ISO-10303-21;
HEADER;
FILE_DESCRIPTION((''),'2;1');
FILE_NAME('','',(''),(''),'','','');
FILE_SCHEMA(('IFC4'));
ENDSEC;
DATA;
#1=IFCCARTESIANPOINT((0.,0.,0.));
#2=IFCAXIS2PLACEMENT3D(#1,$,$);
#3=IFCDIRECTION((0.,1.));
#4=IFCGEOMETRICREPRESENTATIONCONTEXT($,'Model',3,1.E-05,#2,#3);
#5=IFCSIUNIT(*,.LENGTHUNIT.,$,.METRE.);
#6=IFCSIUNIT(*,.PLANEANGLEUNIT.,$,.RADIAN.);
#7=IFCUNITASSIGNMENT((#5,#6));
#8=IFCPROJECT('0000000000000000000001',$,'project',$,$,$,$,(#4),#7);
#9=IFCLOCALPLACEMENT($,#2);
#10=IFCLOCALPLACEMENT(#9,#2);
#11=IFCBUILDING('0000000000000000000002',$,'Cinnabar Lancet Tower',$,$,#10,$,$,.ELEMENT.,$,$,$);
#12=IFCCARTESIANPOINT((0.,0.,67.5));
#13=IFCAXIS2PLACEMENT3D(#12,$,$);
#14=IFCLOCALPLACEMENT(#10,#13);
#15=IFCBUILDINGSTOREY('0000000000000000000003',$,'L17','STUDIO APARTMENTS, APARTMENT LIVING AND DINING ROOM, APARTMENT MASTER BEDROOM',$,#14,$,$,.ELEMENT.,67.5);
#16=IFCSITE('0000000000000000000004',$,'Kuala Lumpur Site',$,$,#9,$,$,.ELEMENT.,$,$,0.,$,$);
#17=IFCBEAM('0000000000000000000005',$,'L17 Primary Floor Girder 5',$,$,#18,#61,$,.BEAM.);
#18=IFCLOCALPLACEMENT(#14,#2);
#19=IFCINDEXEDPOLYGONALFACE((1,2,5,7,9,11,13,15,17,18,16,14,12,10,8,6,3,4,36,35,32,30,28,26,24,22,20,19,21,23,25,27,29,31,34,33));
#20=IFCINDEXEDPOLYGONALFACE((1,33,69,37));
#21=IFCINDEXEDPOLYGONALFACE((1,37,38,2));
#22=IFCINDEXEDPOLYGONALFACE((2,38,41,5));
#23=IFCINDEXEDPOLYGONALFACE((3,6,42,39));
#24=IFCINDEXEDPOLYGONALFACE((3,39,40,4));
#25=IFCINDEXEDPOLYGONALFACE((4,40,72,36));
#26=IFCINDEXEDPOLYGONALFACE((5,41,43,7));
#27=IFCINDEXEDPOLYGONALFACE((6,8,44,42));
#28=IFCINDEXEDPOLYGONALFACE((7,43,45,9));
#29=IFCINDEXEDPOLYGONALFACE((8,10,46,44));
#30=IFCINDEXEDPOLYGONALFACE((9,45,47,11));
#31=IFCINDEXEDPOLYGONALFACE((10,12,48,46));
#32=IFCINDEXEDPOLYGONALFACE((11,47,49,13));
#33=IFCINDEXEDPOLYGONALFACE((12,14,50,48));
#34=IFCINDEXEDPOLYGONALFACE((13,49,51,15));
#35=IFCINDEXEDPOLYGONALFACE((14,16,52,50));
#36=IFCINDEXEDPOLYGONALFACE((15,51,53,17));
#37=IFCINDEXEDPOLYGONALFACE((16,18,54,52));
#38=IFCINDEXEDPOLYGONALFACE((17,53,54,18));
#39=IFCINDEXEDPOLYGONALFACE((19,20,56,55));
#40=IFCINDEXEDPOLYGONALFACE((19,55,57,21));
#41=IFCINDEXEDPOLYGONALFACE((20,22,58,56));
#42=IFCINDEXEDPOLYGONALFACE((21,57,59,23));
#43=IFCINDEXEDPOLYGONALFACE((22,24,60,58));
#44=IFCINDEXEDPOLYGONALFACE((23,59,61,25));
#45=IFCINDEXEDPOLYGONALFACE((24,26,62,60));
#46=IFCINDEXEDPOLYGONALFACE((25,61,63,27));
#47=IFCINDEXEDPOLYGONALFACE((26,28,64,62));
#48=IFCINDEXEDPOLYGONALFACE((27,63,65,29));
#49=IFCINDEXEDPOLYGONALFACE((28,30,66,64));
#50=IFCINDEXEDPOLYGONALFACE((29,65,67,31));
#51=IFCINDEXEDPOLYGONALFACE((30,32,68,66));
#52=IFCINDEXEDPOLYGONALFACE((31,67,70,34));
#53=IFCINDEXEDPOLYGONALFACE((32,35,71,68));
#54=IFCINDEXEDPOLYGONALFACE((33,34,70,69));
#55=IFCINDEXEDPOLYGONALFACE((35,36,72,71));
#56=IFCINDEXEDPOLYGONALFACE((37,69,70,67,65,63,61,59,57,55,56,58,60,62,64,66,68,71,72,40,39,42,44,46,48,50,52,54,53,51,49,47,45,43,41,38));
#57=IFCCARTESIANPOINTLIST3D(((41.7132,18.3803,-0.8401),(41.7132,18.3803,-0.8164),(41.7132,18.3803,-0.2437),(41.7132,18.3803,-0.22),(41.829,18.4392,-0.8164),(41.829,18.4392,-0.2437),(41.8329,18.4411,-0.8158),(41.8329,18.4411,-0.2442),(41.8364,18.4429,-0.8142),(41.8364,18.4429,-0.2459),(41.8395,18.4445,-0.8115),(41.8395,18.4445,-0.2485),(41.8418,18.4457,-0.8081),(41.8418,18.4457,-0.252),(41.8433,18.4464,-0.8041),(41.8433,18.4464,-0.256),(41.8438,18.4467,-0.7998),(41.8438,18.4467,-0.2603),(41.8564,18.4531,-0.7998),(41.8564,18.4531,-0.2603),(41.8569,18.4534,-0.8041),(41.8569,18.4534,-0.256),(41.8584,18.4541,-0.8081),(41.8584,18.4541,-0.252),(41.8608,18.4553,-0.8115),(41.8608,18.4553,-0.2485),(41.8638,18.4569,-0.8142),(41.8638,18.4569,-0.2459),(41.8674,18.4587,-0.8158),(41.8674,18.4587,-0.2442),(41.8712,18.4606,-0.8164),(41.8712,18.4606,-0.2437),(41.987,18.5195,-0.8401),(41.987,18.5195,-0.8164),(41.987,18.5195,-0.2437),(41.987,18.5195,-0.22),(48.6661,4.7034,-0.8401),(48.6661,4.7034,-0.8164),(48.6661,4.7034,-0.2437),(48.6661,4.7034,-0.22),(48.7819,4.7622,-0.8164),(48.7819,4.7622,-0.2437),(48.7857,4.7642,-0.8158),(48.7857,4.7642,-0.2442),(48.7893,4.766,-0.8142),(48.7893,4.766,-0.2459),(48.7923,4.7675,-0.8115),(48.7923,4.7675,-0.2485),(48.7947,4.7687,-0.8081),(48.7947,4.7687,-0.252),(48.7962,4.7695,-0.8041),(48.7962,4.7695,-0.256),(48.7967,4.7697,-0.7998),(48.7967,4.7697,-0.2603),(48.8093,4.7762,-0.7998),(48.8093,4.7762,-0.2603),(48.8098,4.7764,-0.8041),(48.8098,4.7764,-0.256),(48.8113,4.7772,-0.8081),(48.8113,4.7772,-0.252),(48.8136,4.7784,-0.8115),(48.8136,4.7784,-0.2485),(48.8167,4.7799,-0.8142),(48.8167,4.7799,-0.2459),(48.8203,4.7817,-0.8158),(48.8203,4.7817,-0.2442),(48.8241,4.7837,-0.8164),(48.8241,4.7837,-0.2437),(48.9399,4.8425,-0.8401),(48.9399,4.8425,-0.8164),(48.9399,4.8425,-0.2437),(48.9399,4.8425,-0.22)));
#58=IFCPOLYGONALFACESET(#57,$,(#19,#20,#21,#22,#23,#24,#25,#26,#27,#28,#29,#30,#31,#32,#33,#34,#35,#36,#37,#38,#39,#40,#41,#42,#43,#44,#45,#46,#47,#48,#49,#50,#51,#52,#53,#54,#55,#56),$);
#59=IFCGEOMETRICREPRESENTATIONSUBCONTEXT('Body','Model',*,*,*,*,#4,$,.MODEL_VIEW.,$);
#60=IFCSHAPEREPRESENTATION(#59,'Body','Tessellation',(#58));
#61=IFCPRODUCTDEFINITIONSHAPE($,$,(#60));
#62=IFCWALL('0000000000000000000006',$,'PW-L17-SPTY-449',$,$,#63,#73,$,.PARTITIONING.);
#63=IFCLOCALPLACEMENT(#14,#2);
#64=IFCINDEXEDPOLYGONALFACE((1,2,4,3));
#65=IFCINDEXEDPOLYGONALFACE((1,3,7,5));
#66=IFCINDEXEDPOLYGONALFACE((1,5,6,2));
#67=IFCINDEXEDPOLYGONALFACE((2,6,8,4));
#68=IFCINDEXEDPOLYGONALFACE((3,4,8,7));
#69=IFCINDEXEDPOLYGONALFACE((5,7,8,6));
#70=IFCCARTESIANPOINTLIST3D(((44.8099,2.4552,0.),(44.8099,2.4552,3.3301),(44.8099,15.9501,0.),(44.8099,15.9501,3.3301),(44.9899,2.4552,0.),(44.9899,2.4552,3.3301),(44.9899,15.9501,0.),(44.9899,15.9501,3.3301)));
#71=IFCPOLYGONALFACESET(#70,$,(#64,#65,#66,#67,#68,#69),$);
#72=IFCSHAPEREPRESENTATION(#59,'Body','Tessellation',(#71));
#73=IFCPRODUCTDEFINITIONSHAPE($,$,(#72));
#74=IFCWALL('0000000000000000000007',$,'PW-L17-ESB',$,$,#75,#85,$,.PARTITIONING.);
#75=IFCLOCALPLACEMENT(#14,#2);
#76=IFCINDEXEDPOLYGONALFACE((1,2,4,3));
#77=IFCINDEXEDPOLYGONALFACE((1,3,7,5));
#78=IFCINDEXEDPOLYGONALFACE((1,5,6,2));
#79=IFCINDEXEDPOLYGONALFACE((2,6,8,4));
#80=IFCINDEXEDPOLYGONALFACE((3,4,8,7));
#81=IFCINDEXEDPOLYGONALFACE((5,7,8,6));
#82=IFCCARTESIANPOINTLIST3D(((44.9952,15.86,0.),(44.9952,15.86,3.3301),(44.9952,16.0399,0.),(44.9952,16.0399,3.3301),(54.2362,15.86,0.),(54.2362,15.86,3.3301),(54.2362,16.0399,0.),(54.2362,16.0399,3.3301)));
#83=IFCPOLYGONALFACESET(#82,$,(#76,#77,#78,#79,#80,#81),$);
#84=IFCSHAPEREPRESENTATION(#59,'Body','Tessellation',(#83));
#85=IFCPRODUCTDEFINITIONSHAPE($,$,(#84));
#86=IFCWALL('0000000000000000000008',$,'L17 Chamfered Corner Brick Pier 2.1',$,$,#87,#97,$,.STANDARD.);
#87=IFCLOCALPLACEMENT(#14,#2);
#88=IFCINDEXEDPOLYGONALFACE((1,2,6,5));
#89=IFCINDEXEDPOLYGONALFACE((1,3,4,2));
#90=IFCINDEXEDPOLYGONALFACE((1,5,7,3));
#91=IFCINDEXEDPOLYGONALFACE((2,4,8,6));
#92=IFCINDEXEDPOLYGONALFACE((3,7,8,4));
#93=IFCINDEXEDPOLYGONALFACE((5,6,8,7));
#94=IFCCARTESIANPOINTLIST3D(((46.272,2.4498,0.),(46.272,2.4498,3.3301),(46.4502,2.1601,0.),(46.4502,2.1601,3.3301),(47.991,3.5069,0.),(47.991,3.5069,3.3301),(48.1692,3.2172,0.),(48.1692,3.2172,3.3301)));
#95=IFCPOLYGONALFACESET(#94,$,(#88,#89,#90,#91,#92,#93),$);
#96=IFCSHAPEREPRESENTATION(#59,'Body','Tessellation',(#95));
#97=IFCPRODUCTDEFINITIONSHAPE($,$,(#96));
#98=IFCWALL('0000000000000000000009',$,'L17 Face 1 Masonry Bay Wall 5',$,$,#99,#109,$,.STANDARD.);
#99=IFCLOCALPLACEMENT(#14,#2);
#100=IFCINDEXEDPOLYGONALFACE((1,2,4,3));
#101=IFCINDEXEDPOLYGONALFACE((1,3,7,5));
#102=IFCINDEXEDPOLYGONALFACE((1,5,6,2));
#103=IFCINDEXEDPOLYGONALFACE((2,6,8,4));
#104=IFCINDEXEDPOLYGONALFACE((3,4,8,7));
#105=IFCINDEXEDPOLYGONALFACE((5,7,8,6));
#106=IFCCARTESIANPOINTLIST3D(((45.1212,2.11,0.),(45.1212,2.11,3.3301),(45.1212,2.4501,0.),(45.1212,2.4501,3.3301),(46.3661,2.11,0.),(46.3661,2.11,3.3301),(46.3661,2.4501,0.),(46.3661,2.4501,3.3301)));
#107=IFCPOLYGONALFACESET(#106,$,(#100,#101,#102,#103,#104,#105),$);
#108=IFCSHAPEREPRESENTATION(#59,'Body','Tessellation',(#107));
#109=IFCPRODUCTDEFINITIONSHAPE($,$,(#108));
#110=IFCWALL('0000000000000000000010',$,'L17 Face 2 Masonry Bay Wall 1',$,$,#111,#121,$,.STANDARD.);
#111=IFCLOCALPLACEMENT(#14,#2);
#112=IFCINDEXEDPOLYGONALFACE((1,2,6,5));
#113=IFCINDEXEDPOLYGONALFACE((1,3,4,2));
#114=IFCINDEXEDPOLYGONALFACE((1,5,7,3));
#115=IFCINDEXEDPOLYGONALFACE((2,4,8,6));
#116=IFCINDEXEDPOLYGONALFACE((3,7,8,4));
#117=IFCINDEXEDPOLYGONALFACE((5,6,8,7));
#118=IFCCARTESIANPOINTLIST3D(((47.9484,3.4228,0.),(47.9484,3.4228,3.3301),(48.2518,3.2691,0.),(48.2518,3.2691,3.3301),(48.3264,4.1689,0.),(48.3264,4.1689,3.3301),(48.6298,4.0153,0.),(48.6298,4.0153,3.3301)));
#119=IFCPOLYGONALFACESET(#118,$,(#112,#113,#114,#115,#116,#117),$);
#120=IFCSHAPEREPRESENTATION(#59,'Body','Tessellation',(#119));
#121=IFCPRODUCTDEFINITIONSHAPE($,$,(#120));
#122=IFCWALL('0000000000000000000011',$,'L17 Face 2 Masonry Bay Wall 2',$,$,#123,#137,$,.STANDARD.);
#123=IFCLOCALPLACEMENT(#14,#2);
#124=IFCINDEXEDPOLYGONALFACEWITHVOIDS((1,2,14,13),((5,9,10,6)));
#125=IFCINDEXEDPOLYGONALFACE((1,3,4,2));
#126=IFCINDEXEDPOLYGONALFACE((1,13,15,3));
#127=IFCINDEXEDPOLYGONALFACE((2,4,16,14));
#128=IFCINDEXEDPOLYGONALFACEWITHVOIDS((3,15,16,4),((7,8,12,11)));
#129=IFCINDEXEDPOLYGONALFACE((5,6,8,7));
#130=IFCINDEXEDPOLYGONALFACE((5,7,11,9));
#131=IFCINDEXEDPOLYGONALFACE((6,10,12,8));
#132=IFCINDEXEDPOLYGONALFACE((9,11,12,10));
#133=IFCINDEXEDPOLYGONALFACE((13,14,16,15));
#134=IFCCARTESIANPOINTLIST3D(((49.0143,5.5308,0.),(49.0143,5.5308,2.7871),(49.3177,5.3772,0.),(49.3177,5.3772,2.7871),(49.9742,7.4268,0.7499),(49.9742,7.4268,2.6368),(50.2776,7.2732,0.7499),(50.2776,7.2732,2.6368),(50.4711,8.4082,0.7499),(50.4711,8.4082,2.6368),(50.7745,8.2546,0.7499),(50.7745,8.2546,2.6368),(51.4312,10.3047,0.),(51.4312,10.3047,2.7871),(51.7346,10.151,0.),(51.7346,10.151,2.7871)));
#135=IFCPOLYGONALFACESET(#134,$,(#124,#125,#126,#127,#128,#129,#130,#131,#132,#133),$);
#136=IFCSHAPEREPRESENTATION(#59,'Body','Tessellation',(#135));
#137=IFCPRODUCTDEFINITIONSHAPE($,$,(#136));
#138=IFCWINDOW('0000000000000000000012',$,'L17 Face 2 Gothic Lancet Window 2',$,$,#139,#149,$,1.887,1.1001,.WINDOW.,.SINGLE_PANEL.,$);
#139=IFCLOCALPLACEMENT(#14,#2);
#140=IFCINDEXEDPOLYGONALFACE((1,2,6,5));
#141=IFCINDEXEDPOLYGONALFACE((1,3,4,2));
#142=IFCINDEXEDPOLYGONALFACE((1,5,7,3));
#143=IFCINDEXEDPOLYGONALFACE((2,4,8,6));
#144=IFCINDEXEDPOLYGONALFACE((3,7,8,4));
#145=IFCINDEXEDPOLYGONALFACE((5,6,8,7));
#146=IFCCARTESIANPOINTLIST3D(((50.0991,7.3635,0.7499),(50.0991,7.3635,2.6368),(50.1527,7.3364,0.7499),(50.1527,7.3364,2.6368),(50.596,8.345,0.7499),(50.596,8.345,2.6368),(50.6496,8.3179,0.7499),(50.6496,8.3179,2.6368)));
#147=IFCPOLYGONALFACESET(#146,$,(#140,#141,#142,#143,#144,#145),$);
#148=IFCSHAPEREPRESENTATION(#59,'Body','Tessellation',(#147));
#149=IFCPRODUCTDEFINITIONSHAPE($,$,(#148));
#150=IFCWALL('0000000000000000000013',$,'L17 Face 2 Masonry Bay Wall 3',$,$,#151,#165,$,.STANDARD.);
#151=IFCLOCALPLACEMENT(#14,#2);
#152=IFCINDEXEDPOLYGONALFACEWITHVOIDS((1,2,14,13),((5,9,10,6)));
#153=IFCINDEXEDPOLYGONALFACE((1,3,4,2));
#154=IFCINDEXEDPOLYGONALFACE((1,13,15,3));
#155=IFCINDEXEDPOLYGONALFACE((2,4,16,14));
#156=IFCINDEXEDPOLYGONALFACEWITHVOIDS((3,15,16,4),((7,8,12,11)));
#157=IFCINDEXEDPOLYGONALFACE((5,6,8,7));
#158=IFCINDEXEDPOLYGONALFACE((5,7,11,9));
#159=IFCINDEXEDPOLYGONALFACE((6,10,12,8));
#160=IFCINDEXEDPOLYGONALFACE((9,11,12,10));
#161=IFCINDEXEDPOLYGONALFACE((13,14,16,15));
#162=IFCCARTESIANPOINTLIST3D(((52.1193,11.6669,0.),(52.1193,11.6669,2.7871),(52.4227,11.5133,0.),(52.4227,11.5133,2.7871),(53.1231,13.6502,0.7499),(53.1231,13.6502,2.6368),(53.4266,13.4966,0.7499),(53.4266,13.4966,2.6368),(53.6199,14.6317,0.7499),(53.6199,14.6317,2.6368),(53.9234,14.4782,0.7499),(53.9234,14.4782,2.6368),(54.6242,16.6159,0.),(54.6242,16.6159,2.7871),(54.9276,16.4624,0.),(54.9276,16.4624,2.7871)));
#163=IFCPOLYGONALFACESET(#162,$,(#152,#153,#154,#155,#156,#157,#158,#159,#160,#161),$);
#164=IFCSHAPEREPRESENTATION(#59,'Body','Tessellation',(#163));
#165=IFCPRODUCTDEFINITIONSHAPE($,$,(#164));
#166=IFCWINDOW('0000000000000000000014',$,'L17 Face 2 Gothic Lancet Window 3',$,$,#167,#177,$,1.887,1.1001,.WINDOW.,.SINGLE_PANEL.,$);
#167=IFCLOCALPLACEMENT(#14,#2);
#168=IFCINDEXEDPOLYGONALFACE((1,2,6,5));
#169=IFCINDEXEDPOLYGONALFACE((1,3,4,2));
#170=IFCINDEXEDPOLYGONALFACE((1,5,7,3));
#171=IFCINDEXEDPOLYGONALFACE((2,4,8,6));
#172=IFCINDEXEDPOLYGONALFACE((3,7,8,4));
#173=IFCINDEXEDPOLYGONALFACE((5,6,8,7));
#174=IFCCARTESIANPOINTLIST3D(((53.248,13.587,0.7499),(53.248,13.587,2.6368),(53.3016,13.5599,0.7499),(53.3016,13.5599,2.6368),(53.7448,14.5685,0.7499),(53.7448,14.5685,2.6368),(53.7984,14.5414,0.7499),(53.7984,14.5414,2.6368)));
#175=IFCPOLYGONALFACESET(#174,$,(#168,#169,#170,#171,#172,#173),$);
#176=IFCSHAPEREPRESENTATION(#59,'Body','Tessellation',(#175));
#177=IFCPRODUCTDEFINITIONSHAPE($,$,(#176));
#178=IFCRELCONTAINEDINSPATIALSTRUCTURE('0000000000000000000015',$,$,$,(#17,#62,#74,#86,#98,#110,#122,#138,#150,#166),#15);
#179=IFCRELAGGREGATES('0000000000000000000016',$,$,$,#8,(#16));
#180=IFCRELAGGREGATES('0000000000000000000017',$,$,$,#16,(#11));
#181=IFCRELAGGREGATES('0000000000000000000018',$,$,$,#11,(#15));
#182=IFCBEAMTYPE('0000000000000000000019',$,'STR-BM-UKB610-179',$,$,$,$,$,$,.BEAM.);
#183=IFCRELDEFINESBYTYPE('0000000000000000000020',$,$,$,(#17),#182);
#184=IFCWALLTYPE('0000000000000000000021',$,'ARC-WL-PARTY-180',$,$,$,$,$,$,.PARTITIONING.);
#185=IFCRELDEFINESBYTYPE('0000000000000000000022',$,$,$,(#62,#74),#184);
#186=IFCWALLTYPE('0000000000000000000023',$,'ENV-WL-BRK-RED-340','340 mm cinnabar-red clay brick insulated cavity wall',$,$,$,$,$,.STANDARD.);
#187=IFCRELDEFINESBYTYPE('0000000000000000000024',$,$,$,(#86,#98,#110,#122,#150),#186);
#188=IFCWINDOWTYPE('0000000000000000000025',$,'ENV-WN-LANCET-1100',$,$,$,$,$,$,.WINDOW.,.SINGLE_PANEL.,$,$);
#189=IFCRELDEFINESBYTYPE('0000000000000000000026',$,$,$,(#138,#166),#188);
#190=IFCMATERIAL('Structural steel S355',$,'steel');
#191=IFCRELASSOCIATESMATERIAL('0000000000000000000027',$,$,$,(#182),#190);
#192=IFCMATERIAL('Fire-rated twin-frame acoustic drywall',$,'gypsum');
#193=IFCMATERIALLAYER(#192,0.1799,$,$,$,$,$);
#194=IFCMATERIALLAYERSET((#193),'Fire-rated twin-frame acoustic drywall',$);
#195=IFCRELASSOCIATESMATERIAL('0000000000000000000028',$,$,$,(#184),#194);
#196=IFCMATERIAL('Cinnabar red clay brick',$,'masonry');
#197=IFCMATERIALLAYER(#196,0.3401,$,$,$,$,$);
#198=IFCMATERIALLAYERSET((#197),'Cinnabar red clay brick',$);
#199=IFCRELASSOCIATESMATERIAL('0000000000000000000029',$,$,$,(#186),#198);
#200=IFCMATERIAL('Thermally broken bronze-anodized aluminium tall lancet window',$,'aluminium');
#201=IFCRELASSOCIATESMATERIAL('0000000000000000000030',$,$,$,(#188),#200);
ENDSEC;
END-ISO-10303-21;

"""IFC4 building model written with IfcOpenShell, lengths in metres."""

from ifc_helpers import new_model, si_unit, direction, frame, frame_2d, origin, origin_2d, place, context, subcontext, project, spatial, rectangle, i_section, extrude, material, layer, layer_set, material_profile, profile_set, type_object, element, fill, save


model = new_model("IFC4")

# Units and contexts
model_context = context("Model", 3, precision=1e-05, world=origin(), true_north=direction((0.0, 1.0)))
body_context = subcontext(model_context, "Body", "Model", "MODEL_VIEW")
ifc_project = project(units=[si_unit("LENGTHUNIT", "METRE"), si_unit("PLANEANGLEUNIT", "RADIAN")], contexts=[model_context])

# Site, building, storey
site_placement = place(None, origin())
site = spatial("IfcSite", under=ifc_project, at=site_placement, Name="Kuala Lumpur Site", CompositionType="ELEMENT", RefElevation=0.0)
building_placement = place(site_placement, origin())
building = spatial("IfcBuilding", under=site, at=building_placement, Name="Cinnabar Lancet Tower", CompositionType="ELEMENT")
storey_placement = place(building_placement, frame((0.0, 0.0, 67.5)))
storey = spatial("IfcBuildingStorey", under=building, at=storey_placement, Name="L17", Description="STUDIO APARTMENTS, APARTMENT LIVING AND DINING ROOM, APARTMENT MASTER BEDROOM", CompositionType="ELEMENT", Elevation=67.5)

# Beam
ifc_material_1 = material(Name="Structural steel S355", Category="steel")
ifc_material_profile_1 = material_profile(ifc_material_1, i_section(OverallWidth=0.3071, OverallDepth=0.6201, WebThickness=0.0142, FlangeThickness=0.0237, FilletRadius=0.0166, at=origin_2d()), Name="UKB 610x305x179")
ifc_profile_set_1 = profile_set([ifc_material_profile_1], Name="Structural steel S355")
beam_type_1 = type_object("IfcBeamType", Name="STR-BM-UKB610-179", PredefinedType="BEAM", material=ifc_profile_set_1)
beam_1_placement = place(storey_placement, frame((48.803, 4.7729, -0.53), z_axis=(-0.453168, 0.891425, 0.0), x_axis=(-0.891425, -0.453168, 0.0)))
element("IfcBeam", 1, at=beam_1_placement, inside=storey, type_object=beam_type_1, Name="L17 Primary Floor Girder 5", PredefinedType="BEAM", context=body_context, shape_type="SweptSolid", body=[
    extrude(i_section(OverallWidth=0.3071, OverallDepth=0.6201, WebThickness=0.0142, FlangeThickness=0.0237, FilletRadius=0.0166, at=origin_2d()), origin(), (0.0, 0.0, 1.0), 15.3428),
])

# Walls
ifc_material_2 = material(Name="Fire-rated twin-frame acoustic drywall", Category="gypsum")
ifc_layer_1 = layer(ifc_material_2, 0.1799)
ifc_layer_set_1 = layer_set([ifc_layer_1], Name="Fire-rated twin-frame acoustic drywall")
wall_type_1 = type_object("IfcWallType", Name="ARC-WL-PARTY-180", PredefinedType="PARTITIONING", material=ifc_layer_set_1)
wall_1_placement = place(storey_placement, frame((44.8999, 2.4551, 0.0), z_axis=(0.0, 0.0, 1.0), x_axis=(0.0, 1.0, 0.0)))
element("IfcWall", 2, at=wall_1_placement, inside=storey, type_object=wall_type_1, Name="PW-L17-SPTY-449", PredefinedType="PARTITIONING", context=body_context, shape_type="SweptSolid", body=[
    extrude(rectangle(XDim=13.4949, YDim=0.1799, at=frame_2d((6.7476, 0.0))), origin(), (0.0, 0.0, 1.0), 3.3301),
])
wall_2_placement = place(storey_placement, frame((44.9951, 15.95, 0.0), z_axis=(0.0, 0.0, 1.0), x_axis=(1.0, 0.0, 0.0)))
element("IfcWall", 3, at=wall_2_placement, inside=storey, type_object=wall_type_1, Name="PW-L17-ESB", PredefinedType="PARTITIONING", context=body_context, shape_type="SweptSolid", body=[
    extrude(rectangle(XDim=9.241, YDim=0.1799, at=frame_2d((4.6206, 0.0))), origin(), (0.0, 0.0, 1.0), 3.3301),
])
ifc_material_3 = material(Name="Cinnabar red clay brick", Category="masonry")
ifc_layer_2 = layer(ifc_material_3, 0.3401)
ifc_layer_set_2 = layer_set([ifc_layer_2], Name="Cinnabar red clay brick")
wall_type_2 = type_object("IfcWallType", Name="ENV-WL-BRK-RED-340", Description="340 mm cinnabar-red clay brick insulated cavity wall", PredefinedType="STANDARD", material=ifc_layer_set_2)
wall_3_placement = place(storey_placement, frame((46.3611, 2.3049, 0.0), z_axis=(0.0, 0.0, 1.0), x_axis=(0.851816, 0.523841, 0.0)))
element("IfcWall", 4, at=wall_3_placement, inside=storey, type_object=wall_type_2, Name="L17 Chamfered Corner Brick Pier 2.1", PredefinedType="STANDARD", context=body_context, shape_type="SweptSolid", body=[
    extrude(rectangle(XDim=2.0181, YDim=0.3401, at=frame_2d((1.009, 0.0))), origin(), (0.0, 0.0, 1.0), 3.3301),
])
wall_4_placement = place(storey_placement, frame((45.1211, 2.28, 0.0), z_axis=(0.0, 0.0, 1.0), x_axis=(1.0, 0.0, 0.0)))
element("IfcWall", 5, at=wall_4_placement, inside=storey, type_object=wall_type_2, Name="L17 Face 1 Masonry Bay Wall 5", PredefinedType="STANDARD", context=body_context, shape_type="SweptSolid", body=[
    extrude(rectangle(XDim=1.2449, YDim=0.3401, at=frame_2d((0.6226, 0.0))), origin(), (0.0, 0.0, 1.0), 3.3301),
])
wall_5_placement = place(storey_placement, frame((48.1001, 3.3459, 0.0), z_axis=(0.0, 0.0, 1.0), x_axis=(0.451878, 0.89208, 0.0)))
element("IfcWall", 6, at=wall_5_placement, inside=storey, type_object=wall_type_2, Name="L17 Face 2 Masonry Bay Wall 1", PredefinedType="STANDARD", context=body_context, shape_type="SweptSolid", body=[
    extrude(rectangle(XDim=0.8364, YDim=0.3401, at=frame_2d((0.4182, 0.0))), origin(), (0.0, 0.0, 1.0), 3.3301),
])

# Walls, openings, windows
wall_6_placement = place(storey_placement, frame((49.166, 5.4541, 0.0), z_axis=(0.0, 0.0, 1.0), x_axis=(0.451698, 0.892171, 0.0)))
wall_6 = element("IfcWall", 7, at=wall_6_placement, inside=storey, type_object=wall_type_2, Name="L17 Face 2 Masonry Bay Wall 2", PredefinedType="STANDARD", context=body_context, shape_type="SweptSolid", body=[
    extrude(rectangle(XDim=5.3508, YDim=0.3401, at=frame_2d((2.6753, 0.0))), origin(), (0.0, 0.0, 1.0), 2.7871),
])
opening_1_placement = place(wall_6_placement, frame((2.125, 0.0, 0.75)))
opening_1 = element("IfcOpeningElement", 8, at=opening_1_placement, cuts=wall_6, PredefinedType="OPENING", context=body_context, shape_type="SweptSolid", body=[
    extrude(rectangle(XDim=1.1001, YDim=1.887, at=frame_2d((0.55, 0.9434))), frame((0.0, 0.1799, 0.0), z_axis=(0.0, -1.0, 0.0), x_axis=(1.0, 0.0, 0.0)), (0.0, 0.0, 1.0), 0.3601),
])
ifc_material_4 = material(Name="Thermally broken bronze-anodized aluminium tall lancet window", Category="aluminium")
window_type = type_object("IfcWindowType", Name="ENV-WN-LANCET-1100", PartitioningType="SINGLE_PANEL", PredefinedType="WINDOW", material=ifc_material_4)
window_1_placement = place(opening_1_placement, origin())
window_1 = element("IfcWindow", 9, at=window_1_placement, inside=storey, type_object=window_type, Name="L17 Face 2 Gothic Lancet Window 2", OverallHeight=1.887, OverallWidth=1.1001, PartitioningType="SINGLE_PANEL", PredefinedType="WINDOW", context=body_context, shape_type="SweptSolid", body=[
    extrude(rectangle(XDim=1.1001, YDim=1.887, at=frame_2d((0.55, 0.9434))), frame((0.0, 0.03, 0.0), z_axis=(0.0, -1.0, 0.0), x_axis=(1.0, 0.0, 0.0)), (0.0, 0.0, 1.0), 0.0601),
])
fill(opening_1, window_1)
wall_7_placement = place(storey_placement, frame((52.271, 11.5901, 0.0), z_axis=(0.0, 0.0, 1.0), x_axis=(0.451592, 0.892225, 0.0)))
wall_7 = element("IfcWall", 10, at=wall_7_placement, inside=storey, type_object=wall_type_2, Name="L17 Face 2 Masonry Bay Wall 3", PredefinedType="STANDARD", context=body_context, shape_type="SweptSolid", body=[
    extrude(rectangle(XDim=5.5469, YDim=0.3401, at=frame_2d((2.7734, 0.0))), origin(), (0.0, 0.0, 1.0), 2.7871),
])
opening_2_placement = place(wall_7_placement, frame((2.2229, 0.0, 0.75)))
opening_2 = element("IfcOpeningElement", 11, at=opening_2_placement, cuts=wall_7, PredefinedType="OPENING", context=body_context, shape_type="SweptSolid", body=[
    extrude(rectangle(XDim=1.1001, YDim=1.887, at=frame_2d((0.55, 0.9434))), frame((0.0, 0.1799, 0.0), z_axis=(0.0, -1.0, 0.0), x_axis=(1.0, 0.0, 0.0)), (0.0, 0.0, 1.0), 0.3601),
])
window_2_placement = place(opening_2_placement, origin())
window_2 = element("IfcWindow", 12, at=window_2_placement, inside=storey, type_object=window_type, Name="L17 Face 2 Gothic Lancet Window 3", OverallHeight=1.887, OverallWidth=1.1001, PartitioningType="SINGLE_PANEL", PredefinedType="WINDOW", context=body_context, shape_type="SweptSolid", body=[
    extrude(rectangle(XDim=1.1001, YDim=1.887, at=frame_2d((0.55, 0.9434))), frame((0.0, 0.03, 0.0), z_axis=(0.0, -1.0, 0.0), x_axis=(1.0, 0.0, 0.0)), (0.0, 0.0, 1.0), 0.0601),
])
fill(opening_2, window_2)

save(model, "model.ifc")
